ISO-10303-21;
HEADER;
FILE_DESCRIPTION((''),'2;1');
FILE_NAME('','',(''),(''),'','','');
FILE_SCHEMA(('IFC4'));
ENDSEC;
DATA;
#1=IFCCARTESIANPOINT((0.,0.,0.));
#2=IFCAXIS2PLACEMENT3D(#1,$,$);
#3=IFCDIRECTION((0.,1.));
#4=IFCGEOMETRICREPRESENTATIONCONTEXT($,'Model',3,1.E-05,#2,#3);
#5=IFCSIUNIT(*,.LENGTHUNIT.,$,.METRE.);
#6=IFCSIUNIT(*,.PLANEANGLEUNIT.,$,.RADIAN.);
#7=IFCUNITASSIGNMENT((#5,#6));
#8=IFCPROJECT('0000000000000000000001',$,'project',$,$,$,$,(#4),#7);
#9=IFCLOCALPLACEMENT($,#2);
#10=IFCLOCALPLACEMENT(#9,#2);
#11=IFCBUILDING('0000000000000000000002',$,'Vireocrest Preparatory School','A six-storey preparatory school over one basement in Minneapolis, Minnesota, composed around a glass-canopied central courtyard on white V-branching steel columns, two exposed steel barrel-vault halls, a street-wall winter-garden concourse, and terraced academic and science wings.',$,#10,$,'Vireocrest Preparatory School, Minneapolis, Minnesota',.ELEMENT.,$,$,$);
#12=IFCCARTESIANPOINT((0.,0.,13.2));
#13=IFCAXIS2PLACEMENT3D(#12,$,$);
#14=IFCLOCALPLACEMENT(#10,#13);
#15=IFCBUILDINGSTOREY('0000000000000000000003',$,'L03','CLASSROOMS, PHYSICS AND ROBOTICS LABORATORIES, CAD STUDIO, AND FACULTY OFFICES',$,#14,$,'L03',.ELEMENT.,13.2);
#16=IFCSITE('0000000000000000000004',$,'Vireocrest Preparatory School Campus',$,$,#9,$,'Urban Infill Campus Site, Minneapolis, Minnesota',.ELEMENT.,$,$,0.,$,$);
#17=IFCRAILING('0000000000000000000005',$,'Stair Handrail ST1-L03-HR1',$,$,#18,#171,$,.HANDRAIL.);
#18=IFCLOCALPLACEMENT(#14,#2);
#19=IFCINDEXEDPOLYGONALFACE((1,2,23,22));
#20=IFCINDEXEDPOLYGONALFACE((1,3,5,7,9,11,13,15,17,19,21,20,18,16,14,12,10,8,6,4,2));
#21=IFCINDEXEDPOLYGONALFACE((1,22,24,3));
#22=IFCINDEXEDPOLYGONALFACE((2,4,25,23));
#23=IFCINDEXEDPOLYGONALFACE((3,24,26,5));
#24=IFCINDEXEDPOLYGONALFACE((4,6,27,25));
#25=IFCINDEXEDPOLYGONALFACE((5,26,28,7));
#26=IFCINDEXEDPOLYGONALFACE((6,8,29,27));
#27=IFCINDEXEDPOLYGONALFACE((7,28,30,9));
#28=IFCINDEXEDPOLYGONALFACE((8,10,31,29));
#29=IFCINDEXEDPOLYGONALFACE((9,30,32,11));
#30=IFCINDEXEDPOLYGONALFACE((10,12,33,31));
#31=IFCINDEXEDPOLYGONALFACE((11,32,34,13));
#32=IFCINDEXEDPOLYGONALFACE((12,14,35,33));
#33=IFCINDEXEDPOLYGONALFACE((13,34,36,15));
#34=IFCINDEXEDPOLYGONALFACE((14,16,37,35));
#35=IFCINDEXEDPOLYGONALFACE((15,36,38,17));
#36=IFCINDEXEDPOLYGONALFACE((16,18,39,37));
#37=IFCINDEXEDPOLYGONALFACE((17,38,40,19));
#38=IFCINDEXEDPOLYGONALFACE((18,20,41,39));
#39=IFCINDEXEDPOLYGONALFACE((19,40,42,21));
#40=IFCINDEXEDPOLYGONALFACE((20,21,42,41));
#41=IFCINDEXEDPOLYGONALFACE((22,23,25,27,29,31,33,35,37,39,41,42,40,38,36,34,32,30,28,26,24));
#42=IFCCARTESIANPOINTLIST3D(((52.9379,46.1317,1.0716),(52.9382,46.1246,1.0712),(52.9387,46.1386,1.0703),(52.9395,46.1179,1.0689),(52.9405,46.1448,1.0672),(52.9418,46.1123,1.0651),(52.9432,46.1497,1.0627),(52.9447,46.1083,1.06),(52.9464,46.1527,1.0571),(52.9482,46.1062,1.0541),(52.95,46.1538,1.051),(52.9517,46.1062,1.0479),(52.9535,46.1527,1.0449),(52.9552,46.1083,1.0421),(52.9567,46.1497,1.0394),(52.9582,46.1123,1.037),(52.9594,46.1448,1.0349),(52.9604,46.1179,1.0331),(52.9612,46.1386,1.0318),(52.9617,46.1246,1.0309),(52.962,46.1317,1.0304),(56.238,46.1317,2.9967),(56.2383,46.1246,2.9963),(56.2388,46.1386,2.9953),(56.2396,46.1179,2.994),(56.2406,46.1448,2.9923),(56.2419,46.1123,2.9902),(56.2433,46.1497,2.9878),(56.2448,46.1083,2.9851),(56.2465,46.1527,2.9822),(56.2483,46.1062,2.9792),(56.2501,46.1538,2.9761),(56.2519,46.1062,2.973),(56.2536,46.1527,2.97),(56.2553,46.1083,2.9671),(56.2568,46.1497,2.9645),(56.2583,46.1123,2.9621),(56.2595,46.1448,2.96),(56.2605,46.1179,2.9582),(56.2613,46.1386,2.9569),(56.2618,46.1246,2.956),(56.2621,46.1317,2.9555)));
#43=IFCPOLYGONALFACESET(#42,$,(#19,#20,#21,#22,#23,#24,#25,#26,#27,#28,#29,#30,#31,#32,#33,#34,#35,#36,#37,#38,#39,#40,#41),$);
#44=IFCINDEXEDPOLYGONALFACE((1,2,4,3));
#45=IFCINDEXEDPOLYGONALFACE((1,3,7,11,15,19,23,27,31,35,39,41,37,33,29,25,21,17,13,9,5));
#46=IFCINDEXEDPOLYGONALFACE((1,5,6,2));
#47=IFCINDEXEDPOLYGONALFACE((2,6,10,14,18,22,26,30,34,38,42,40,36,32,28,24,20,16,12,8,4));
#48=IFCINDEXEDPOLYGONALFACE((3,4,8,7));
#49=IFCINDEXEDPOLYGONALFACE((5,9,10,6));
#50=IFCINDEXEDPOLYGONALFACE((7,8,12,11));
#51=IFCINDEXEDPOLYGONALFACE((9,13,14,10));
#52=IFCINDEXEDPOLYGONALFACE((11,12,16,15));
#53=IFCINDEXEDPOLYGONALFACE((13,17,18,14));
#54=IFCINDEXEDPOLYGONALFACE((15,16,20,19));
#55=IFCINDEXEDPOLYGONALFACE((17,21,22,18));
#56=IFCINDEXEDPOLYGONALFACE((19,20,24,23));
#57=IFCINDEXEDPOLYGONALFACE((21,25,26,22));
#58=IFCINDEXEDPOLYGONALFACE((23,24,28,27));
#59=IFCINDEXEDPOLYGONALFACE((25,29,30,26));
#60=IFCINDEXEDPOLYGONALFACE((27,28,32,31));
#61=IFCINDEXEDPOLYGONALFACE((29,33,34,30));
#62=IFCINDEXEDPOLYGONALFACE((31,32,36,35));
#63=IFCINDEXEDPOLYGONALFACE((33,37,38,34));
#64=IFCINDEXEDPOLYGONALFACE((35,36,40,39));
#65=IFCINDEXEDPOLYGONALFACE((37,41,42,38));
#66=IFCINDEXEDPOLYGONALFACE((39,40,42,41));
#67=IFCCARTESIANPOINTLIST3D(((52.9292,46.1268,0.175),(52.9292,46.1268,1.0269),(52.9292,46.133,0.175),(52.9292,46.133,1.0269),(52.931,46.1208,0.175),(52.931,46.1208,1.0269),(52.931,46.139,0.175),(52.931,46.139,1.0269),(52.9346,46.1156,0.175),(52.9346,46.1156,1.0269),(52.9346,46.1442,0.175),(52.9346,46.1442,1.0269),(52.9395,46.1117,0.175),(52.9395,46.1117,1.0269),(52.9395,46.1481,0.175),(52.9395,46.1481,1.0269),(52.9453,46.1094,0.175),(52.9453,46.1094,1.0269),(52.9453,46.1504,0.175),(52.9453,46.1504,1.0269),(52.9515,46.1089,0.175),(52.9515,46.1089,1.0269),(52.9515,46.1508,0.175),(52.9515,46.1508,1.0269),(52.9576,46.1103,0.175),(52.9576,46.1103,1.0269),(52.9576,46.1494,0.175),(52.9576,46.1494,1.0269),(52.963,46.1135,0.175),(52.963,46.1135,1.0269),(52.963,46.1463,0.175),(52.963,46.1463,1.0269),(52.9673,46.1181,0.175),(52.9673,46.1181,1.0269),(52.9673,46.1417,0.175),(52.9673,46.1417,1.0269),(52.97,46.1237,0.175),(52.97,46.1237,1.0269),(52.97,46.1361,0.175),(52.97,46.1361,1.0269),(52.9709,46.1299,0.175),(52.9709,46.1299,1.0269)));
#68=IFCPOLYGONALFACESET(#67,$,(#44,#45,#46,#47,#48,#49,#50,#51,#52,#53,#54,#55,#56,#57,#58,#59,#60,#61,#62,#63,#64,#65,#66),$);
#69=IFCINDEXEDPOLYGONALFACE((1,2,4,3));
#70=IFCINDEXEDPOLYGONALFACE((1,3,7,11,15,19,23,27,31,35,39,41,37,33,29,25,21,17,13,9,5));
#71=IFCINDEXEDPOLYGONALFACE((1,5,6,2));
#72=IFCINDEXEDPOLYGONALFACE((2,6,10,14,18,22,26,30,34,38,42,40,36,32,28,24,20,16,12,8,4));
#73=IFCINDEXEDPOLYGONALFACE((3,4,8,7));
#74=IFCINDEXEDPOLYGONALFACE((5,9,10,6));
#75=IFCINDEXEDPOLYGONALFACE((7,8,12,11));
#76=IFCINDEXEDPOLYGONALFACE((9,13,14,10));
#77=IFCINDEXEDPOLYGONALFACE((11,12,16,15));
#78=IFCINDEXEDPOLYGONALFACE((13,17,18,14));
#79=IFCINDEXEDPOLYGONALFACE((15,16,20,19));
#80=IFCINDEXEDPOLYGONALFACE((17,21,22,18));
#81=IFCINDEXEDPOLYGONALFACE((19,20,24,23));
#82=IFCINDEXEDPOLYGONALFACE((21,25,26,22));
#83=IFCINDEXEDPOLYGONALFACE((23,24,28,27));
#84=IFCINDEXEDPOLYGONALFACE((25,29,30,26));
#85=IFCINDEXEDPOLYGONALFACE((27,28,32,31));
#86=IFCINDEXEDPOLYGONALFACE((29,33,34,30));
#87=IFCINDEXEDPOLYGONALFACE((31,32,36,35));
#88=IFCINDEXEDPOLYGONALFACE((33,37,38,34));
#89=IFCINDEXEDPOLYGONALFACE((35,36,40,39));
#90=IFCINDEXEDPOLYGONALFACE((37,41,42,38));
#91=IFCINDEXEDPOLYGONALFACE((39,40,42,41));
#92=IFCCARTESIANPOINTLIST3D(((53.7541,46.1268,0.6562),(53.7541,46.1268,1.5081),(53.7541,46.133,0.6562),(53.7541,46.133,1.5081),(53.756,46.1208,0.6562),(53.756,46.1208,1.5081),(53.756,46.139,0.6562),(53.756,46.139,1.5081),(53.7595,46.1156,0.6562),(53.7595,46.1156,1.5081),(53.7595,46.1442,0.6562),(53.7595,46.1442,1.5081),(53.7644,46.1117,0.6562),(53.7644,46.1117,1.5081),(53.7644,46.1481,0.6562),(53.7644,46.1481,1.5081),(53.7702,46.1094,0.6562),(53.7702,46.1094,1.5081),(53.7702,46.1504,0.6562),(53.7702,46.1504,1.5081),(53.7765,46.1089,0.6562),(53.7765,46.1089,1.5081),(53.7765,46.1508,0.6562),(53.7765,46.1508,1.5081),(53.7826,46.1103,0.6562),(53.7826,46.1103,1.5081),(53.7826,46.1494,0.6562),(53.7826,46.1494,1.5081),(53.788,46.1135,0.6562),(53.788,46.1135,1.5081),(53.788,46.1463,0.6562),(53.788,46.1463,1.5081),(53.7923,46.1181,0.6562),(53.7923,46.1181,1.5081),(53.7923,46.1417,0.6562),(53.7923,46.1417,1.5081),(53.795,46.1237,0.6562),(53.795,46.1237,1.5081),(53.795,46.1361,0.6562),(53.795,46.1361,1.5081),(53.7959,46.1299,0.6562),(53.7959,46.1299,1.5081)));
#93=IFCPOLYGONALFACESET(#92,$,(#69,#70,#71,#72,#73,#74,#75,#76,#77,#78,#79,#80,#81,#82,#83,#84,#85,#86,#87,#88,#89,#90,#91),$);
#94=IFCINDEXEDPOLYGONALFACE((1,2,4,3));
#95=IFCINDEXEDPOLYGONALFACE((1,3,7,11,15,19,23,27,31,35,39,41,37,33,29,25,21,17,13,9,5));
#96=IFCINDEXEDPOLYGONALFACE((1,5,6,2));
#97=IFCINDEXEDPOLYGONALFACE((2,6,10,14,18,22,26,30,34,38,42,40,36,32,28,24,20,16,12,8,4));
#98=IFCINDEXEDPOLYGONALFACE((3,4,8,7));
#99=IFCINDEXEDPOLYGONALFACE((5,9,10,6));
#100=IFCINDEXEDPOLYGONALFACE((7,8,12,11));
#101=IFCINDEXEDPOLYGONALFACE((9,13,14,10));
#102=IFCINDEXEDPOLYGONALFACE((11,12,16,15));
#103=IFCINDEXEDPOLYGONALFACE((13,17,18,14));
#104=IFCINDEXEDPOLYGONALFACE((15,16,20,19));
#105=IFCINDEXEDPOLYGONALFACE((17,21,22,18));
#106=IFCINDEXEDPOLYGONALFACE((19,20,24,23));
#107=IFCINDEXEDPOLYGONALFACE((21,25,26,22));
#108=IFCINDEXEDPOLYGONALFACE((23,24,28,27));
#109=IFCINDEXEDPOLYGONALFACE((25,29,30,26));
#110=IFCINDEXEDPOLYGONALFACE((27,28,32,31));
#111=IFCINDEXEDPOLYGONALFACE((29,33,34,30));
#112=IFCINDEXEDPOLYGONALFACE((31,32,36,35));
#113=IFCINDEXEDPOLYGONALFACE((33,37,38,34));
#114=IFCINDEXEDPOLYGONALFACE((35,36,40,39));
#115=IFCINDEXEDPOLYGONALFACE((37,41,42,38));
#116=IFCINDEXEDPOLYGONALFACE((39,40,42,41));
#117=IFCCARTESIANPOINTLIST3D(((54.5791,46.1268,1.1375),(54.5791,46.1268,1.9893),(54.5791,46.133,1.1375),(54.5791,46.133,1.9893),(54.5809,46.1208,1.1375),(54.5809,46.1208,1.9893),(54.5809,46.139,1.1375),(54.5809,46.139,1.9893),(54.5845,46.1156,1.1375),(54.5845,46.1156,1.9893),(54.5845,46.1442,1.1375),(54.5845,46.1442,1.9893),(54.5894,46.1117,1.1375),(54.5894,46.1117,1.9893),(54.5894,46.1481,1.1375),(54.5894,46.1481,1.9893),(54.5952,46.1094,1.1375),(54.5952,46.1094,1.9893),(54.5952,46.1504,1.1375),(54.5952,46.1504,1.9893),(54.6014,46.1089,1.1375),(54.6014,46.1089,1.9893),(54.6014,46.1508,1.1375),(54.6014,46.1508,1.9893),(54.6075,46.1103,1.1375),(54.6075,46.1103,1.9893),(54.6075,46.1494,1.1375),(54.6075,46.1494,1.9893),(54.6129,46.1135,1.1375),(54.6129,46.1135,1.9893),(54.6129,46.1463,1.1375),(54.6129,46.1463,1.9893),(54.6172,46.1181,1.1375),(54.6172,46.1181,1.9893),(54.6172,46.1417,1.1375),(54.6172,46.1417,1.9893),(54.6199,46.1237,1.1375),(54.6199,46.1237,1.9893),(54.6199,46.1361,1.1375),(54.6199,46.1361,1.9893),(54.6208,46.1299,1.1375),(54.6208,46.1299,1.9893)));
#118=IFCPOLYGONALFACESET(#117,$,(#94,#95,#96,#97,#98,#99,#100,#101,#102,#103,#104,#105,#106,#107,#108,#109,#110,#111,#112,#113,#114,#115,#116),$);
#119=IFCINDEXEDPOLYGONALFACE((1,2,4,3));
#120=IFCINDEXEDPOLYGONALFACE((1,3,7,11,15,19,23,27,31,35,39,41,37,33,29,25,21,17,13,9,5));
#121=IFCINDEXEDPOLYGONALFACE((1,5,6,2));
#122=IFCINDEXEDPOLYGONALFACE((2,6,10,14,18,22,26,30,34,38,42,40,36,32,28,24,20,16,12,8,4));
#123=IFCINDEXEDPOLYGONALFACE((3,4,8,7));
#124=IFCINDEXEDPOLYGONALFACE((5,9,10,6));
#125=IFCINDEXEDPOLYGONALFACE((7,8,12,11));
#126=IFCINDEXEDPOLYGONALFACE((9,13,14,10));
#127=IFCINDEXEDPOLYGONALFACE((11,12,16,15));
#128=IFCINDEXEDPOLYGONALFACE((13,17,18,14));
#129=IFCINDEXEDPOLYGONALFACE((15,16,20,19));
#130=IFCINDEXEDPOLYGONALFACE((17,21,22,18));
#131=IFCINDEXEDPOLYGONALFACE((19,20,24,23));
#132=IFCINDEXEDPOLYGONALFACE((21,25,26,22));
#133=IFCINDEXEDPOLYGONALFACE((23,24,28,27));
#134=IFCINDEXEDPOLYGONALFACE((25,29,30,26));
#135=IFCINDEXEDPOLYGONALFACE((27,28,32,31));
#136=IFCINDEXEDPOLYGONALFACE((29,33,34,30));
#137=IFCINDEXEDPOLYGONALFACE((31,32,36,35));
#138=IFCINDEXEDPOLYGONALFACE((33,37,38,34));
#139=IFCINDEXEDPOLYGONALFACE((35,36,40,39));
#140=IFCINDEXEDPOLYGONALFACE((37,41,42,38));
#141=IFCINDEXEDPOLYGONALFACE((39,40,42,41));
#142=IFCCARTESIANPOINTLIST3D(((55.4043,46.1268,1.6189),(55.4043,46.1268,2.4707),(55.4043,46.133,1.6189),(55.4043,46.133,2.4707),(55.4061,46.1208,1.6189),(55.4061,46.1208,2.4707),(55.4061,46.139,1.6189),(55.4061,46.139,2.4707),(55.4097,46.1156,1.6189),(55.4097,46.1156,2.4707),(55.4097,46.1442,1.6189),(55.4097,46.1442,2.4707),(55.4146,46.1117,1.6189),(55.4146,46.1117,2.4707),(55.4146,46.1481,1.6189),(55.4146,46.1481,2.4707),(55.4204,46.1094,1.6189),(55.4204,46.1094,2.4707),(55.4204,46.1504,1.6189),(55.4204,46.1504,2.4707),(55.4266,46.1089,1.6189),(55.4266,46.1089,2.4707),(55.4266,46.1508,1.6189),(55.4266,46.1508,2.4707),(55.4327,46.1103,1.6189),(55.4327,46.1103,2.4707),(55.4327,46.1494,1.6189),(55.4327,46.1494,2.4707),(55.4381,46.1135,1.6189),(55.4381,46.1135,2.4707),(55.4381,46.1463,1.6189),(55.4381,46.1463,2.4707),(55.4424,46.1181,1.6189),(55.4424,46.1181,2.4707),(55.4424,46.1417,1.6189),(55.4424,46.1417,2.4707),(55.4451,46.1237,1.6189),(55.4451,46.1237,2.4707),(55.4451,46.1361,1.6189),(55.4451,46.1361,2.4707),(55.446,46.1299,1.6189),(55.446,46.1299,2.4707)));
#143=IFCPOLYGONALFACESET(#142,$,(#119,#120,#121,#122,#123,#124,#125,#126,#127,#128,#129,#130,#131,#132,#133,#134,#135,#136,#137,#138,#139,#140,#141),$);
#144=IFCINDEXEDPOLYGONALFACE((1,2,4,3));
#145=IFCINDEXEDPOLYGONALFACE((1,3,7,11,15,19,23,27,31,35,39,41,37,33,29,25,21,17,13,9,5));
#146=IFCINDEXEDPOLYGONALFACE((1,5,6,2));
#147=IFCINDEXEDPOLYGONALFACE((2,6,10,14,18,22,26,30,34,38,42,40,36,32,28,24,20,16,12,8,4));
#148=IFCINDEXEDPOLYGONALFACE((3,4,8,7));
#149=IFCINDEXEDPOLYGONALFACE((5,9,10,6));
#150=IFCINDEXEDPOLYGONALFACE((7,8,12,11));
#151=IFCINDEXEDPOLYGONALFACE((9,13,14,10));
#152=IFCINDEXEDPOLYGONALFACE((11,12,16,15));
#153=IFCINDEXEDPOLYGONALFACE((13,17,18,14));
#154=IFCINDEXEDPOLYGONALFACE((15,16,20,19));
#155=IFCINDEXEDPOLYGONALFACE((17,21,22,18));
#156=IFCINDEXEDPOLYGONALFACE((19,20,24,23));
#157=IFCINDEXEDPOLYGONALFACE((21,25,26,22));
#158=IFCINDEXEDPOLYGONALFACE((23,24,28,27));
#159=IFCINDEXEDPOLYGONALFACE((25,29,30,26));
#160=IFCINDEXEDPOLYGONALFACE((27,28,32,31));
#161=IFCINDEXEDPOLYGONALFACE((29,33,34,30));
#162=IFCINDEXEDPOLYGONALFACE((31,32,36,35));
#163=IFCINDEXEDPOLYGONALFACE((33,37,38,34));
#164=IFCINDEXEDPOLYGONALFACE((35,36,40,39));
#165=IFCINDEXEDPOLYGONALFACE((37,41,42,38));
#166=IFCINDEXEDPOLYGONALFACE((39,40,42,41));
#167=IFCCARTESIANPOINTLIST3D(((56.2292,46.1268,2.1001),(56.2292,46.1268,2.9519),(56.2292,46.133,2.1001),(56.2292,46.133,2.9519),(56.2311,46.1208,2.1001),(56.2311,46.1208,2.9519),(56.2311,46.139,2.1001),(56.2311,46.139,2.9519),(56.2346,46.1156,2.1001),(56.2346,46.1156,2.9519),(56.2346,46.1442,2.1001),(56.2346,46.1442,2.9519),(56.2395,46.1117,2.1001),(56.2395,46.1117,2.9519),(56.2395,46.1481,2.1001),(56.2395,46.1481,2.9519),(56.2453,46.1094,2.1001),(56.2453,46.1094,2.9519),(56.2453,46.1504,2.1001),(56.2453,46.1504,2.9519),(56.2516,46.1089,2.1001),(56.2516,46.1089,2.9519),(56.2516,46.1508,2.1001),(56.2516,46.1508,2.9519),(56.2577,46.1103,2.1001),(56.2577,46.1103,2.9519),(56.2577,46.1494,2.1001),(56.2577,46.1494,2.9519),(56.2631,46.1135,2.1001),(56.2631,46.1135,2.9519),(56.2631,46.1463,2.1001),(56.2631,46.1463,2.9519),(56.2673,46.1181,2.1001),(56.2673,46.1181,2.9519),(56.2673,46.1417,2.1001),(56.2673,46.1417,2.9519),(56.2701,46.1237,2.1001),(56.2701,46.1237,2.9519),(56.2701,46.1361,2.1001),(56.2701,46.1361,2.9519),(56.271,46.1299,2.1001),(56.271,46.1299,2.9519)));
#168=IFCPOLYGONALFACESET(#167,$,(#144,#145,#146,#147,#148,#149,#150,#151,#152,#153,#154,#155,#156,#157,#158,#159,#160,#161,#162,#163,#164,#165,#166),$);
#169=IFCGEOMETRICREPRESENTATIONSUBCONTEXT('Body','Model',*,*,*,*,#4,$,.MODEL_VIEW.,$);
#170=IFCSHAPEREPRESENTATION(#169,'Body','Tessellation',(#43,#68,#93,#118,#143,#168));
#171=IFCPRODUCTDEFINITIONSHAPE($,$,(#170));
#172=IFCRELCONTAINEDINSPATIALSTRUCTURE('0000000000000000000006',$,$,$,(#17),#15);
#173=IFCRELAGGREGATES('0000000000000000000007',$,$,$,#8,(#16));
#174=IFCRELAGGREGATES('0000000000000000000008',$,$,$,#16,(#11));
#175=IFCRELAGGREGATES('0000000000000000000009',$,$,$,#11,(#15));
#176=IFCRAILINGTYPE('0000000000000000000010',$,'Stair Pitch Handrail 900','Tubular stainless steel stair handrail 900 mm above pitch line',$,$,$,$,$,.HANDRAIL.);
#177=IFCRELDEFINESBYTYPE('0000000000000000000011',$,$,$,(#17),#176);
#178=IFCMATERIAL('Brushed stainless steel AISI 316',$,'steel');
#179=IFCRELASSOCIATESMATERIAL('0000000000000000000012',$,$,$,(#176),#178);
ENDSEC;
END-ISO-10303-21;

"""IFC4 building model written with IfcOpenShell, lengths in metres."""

from ifc_helpers import new_model, si_unit, direction, frame, origin, origin_2d, place, context, subcontext, project, spatial, circle, extrude, material, type_object, element, save


model = new_model("IFC4")

# Units and contexts
model_context = context("Model", 3, precision=1e-05, world=origin(), true_north=direction((0.0, 1.0)))
body_context = subcontext(model_context, "Body", "Model", "MODEL_VIEW")
ifc_project = project(units=[si_unit("LENGTHUNIT", "METRE"), si_unit("PLANEANGLEUNIT", "RADIAN")], contexts=[model_context])

# Site, building, storey
site_placement = place(None, origin())
site = spatial("IfcSite", under=ifc_project, at=site_placement, Name="Vireocrest Preparatory School Campus", LongName="Urban Infill Campus Site, Minneapolis, Minnesota", CompositionType="ELEMENT", RefElevation=0.0)
building_placement = place(site_placement, origin())
building = spatial("IfcBuilding", under=site, at=building_placement, Name="Vireocrest Preparatory School", Description="A six-storey preparatory school over one basement in Minneapolis, Minnesota, composed around a glass-canopied central courtyard on white V-branching steel columns, two exposed steel barrel-vault halls, a street-wall winter-garden concourse, and terraced academic and science wings.", LongName="Vireocrest Preparatory School, Minneapolis, Minnesota", CompositionType="ELEMENT")
storey_placement = place(building_placement, frame((0.0, 0.0, 13.2)))
storey = spatial("IfcBuildingStorey", under=building, at=storey_placement, Name="L03", Description="CLASSROOMS, PHYSICS AND ROBOTICS LABORATORIES, CAD STUDIO, AND FACULTY OFFICES", LongName="L03", CompositionType="ELEMENT", Elevation=13.2)

# Railing
ifc_material_1 = material(Name="Brushed stainless steel AISI 316", Category="steel")
railing_type_1 = type_object("IfcRailingType", Name="Stair Pitch Handrail 900", Description="Tubular stainless steel stair handrail 900 mm above pitch line", PredefinedType="HANDRAIL", material=ifc_material_1)
railing_1_placement = place(storey_placement, frame((52.95, 46.1299, 0.175)))
element("IfcRailing", 1, at=railing_1_placement, inside=storey, type_object=railing_type_1, Name="Stair Handrail ST1-L03-HR1", PredefinedType="HANDRAIL", context=body_context, shape_type="SweptSolid", body=[
    extrude(circle(Radius=0.0239, at=origin_2d()), frame((0.0, 0.0, 0.876), z_axis=(0.863777, 0.0, 0.503875), x_axis=(0.0, 1.0, 0.0)), (0.0, 0.0, 1.0), 3.8206),
    extrude(circle(Radius=0.021, at=origin_2d()), origin(), (0.0, 0.0, 1.0), 0.8518),
    extrude(circle(Radius=0.021, at=origin_2d()), frame((0.825, 0.0, 0.4812)), (0.0, 0.0, 1.0), 0.8518),
    extrude(circle(Radius=0.021, at=origin_2d()), frame((1.6499, 0.0, 0.9624)), (0.0, 0.0, 1.0), 0.8518),
    extrude(circle(Radius=0.021, at=origin_2d()), frame((2.4751, 0.0, 1.4438)), (0.0, 0.0, 1.0), 0.8518),
    extrude(circle(Radius=0.021, at=origin_2d()), frame((3.3, 0.0, 1.925)), (0.0, 0.0, 1.0), 0.8518),
])

save(model, "model.ifc")
